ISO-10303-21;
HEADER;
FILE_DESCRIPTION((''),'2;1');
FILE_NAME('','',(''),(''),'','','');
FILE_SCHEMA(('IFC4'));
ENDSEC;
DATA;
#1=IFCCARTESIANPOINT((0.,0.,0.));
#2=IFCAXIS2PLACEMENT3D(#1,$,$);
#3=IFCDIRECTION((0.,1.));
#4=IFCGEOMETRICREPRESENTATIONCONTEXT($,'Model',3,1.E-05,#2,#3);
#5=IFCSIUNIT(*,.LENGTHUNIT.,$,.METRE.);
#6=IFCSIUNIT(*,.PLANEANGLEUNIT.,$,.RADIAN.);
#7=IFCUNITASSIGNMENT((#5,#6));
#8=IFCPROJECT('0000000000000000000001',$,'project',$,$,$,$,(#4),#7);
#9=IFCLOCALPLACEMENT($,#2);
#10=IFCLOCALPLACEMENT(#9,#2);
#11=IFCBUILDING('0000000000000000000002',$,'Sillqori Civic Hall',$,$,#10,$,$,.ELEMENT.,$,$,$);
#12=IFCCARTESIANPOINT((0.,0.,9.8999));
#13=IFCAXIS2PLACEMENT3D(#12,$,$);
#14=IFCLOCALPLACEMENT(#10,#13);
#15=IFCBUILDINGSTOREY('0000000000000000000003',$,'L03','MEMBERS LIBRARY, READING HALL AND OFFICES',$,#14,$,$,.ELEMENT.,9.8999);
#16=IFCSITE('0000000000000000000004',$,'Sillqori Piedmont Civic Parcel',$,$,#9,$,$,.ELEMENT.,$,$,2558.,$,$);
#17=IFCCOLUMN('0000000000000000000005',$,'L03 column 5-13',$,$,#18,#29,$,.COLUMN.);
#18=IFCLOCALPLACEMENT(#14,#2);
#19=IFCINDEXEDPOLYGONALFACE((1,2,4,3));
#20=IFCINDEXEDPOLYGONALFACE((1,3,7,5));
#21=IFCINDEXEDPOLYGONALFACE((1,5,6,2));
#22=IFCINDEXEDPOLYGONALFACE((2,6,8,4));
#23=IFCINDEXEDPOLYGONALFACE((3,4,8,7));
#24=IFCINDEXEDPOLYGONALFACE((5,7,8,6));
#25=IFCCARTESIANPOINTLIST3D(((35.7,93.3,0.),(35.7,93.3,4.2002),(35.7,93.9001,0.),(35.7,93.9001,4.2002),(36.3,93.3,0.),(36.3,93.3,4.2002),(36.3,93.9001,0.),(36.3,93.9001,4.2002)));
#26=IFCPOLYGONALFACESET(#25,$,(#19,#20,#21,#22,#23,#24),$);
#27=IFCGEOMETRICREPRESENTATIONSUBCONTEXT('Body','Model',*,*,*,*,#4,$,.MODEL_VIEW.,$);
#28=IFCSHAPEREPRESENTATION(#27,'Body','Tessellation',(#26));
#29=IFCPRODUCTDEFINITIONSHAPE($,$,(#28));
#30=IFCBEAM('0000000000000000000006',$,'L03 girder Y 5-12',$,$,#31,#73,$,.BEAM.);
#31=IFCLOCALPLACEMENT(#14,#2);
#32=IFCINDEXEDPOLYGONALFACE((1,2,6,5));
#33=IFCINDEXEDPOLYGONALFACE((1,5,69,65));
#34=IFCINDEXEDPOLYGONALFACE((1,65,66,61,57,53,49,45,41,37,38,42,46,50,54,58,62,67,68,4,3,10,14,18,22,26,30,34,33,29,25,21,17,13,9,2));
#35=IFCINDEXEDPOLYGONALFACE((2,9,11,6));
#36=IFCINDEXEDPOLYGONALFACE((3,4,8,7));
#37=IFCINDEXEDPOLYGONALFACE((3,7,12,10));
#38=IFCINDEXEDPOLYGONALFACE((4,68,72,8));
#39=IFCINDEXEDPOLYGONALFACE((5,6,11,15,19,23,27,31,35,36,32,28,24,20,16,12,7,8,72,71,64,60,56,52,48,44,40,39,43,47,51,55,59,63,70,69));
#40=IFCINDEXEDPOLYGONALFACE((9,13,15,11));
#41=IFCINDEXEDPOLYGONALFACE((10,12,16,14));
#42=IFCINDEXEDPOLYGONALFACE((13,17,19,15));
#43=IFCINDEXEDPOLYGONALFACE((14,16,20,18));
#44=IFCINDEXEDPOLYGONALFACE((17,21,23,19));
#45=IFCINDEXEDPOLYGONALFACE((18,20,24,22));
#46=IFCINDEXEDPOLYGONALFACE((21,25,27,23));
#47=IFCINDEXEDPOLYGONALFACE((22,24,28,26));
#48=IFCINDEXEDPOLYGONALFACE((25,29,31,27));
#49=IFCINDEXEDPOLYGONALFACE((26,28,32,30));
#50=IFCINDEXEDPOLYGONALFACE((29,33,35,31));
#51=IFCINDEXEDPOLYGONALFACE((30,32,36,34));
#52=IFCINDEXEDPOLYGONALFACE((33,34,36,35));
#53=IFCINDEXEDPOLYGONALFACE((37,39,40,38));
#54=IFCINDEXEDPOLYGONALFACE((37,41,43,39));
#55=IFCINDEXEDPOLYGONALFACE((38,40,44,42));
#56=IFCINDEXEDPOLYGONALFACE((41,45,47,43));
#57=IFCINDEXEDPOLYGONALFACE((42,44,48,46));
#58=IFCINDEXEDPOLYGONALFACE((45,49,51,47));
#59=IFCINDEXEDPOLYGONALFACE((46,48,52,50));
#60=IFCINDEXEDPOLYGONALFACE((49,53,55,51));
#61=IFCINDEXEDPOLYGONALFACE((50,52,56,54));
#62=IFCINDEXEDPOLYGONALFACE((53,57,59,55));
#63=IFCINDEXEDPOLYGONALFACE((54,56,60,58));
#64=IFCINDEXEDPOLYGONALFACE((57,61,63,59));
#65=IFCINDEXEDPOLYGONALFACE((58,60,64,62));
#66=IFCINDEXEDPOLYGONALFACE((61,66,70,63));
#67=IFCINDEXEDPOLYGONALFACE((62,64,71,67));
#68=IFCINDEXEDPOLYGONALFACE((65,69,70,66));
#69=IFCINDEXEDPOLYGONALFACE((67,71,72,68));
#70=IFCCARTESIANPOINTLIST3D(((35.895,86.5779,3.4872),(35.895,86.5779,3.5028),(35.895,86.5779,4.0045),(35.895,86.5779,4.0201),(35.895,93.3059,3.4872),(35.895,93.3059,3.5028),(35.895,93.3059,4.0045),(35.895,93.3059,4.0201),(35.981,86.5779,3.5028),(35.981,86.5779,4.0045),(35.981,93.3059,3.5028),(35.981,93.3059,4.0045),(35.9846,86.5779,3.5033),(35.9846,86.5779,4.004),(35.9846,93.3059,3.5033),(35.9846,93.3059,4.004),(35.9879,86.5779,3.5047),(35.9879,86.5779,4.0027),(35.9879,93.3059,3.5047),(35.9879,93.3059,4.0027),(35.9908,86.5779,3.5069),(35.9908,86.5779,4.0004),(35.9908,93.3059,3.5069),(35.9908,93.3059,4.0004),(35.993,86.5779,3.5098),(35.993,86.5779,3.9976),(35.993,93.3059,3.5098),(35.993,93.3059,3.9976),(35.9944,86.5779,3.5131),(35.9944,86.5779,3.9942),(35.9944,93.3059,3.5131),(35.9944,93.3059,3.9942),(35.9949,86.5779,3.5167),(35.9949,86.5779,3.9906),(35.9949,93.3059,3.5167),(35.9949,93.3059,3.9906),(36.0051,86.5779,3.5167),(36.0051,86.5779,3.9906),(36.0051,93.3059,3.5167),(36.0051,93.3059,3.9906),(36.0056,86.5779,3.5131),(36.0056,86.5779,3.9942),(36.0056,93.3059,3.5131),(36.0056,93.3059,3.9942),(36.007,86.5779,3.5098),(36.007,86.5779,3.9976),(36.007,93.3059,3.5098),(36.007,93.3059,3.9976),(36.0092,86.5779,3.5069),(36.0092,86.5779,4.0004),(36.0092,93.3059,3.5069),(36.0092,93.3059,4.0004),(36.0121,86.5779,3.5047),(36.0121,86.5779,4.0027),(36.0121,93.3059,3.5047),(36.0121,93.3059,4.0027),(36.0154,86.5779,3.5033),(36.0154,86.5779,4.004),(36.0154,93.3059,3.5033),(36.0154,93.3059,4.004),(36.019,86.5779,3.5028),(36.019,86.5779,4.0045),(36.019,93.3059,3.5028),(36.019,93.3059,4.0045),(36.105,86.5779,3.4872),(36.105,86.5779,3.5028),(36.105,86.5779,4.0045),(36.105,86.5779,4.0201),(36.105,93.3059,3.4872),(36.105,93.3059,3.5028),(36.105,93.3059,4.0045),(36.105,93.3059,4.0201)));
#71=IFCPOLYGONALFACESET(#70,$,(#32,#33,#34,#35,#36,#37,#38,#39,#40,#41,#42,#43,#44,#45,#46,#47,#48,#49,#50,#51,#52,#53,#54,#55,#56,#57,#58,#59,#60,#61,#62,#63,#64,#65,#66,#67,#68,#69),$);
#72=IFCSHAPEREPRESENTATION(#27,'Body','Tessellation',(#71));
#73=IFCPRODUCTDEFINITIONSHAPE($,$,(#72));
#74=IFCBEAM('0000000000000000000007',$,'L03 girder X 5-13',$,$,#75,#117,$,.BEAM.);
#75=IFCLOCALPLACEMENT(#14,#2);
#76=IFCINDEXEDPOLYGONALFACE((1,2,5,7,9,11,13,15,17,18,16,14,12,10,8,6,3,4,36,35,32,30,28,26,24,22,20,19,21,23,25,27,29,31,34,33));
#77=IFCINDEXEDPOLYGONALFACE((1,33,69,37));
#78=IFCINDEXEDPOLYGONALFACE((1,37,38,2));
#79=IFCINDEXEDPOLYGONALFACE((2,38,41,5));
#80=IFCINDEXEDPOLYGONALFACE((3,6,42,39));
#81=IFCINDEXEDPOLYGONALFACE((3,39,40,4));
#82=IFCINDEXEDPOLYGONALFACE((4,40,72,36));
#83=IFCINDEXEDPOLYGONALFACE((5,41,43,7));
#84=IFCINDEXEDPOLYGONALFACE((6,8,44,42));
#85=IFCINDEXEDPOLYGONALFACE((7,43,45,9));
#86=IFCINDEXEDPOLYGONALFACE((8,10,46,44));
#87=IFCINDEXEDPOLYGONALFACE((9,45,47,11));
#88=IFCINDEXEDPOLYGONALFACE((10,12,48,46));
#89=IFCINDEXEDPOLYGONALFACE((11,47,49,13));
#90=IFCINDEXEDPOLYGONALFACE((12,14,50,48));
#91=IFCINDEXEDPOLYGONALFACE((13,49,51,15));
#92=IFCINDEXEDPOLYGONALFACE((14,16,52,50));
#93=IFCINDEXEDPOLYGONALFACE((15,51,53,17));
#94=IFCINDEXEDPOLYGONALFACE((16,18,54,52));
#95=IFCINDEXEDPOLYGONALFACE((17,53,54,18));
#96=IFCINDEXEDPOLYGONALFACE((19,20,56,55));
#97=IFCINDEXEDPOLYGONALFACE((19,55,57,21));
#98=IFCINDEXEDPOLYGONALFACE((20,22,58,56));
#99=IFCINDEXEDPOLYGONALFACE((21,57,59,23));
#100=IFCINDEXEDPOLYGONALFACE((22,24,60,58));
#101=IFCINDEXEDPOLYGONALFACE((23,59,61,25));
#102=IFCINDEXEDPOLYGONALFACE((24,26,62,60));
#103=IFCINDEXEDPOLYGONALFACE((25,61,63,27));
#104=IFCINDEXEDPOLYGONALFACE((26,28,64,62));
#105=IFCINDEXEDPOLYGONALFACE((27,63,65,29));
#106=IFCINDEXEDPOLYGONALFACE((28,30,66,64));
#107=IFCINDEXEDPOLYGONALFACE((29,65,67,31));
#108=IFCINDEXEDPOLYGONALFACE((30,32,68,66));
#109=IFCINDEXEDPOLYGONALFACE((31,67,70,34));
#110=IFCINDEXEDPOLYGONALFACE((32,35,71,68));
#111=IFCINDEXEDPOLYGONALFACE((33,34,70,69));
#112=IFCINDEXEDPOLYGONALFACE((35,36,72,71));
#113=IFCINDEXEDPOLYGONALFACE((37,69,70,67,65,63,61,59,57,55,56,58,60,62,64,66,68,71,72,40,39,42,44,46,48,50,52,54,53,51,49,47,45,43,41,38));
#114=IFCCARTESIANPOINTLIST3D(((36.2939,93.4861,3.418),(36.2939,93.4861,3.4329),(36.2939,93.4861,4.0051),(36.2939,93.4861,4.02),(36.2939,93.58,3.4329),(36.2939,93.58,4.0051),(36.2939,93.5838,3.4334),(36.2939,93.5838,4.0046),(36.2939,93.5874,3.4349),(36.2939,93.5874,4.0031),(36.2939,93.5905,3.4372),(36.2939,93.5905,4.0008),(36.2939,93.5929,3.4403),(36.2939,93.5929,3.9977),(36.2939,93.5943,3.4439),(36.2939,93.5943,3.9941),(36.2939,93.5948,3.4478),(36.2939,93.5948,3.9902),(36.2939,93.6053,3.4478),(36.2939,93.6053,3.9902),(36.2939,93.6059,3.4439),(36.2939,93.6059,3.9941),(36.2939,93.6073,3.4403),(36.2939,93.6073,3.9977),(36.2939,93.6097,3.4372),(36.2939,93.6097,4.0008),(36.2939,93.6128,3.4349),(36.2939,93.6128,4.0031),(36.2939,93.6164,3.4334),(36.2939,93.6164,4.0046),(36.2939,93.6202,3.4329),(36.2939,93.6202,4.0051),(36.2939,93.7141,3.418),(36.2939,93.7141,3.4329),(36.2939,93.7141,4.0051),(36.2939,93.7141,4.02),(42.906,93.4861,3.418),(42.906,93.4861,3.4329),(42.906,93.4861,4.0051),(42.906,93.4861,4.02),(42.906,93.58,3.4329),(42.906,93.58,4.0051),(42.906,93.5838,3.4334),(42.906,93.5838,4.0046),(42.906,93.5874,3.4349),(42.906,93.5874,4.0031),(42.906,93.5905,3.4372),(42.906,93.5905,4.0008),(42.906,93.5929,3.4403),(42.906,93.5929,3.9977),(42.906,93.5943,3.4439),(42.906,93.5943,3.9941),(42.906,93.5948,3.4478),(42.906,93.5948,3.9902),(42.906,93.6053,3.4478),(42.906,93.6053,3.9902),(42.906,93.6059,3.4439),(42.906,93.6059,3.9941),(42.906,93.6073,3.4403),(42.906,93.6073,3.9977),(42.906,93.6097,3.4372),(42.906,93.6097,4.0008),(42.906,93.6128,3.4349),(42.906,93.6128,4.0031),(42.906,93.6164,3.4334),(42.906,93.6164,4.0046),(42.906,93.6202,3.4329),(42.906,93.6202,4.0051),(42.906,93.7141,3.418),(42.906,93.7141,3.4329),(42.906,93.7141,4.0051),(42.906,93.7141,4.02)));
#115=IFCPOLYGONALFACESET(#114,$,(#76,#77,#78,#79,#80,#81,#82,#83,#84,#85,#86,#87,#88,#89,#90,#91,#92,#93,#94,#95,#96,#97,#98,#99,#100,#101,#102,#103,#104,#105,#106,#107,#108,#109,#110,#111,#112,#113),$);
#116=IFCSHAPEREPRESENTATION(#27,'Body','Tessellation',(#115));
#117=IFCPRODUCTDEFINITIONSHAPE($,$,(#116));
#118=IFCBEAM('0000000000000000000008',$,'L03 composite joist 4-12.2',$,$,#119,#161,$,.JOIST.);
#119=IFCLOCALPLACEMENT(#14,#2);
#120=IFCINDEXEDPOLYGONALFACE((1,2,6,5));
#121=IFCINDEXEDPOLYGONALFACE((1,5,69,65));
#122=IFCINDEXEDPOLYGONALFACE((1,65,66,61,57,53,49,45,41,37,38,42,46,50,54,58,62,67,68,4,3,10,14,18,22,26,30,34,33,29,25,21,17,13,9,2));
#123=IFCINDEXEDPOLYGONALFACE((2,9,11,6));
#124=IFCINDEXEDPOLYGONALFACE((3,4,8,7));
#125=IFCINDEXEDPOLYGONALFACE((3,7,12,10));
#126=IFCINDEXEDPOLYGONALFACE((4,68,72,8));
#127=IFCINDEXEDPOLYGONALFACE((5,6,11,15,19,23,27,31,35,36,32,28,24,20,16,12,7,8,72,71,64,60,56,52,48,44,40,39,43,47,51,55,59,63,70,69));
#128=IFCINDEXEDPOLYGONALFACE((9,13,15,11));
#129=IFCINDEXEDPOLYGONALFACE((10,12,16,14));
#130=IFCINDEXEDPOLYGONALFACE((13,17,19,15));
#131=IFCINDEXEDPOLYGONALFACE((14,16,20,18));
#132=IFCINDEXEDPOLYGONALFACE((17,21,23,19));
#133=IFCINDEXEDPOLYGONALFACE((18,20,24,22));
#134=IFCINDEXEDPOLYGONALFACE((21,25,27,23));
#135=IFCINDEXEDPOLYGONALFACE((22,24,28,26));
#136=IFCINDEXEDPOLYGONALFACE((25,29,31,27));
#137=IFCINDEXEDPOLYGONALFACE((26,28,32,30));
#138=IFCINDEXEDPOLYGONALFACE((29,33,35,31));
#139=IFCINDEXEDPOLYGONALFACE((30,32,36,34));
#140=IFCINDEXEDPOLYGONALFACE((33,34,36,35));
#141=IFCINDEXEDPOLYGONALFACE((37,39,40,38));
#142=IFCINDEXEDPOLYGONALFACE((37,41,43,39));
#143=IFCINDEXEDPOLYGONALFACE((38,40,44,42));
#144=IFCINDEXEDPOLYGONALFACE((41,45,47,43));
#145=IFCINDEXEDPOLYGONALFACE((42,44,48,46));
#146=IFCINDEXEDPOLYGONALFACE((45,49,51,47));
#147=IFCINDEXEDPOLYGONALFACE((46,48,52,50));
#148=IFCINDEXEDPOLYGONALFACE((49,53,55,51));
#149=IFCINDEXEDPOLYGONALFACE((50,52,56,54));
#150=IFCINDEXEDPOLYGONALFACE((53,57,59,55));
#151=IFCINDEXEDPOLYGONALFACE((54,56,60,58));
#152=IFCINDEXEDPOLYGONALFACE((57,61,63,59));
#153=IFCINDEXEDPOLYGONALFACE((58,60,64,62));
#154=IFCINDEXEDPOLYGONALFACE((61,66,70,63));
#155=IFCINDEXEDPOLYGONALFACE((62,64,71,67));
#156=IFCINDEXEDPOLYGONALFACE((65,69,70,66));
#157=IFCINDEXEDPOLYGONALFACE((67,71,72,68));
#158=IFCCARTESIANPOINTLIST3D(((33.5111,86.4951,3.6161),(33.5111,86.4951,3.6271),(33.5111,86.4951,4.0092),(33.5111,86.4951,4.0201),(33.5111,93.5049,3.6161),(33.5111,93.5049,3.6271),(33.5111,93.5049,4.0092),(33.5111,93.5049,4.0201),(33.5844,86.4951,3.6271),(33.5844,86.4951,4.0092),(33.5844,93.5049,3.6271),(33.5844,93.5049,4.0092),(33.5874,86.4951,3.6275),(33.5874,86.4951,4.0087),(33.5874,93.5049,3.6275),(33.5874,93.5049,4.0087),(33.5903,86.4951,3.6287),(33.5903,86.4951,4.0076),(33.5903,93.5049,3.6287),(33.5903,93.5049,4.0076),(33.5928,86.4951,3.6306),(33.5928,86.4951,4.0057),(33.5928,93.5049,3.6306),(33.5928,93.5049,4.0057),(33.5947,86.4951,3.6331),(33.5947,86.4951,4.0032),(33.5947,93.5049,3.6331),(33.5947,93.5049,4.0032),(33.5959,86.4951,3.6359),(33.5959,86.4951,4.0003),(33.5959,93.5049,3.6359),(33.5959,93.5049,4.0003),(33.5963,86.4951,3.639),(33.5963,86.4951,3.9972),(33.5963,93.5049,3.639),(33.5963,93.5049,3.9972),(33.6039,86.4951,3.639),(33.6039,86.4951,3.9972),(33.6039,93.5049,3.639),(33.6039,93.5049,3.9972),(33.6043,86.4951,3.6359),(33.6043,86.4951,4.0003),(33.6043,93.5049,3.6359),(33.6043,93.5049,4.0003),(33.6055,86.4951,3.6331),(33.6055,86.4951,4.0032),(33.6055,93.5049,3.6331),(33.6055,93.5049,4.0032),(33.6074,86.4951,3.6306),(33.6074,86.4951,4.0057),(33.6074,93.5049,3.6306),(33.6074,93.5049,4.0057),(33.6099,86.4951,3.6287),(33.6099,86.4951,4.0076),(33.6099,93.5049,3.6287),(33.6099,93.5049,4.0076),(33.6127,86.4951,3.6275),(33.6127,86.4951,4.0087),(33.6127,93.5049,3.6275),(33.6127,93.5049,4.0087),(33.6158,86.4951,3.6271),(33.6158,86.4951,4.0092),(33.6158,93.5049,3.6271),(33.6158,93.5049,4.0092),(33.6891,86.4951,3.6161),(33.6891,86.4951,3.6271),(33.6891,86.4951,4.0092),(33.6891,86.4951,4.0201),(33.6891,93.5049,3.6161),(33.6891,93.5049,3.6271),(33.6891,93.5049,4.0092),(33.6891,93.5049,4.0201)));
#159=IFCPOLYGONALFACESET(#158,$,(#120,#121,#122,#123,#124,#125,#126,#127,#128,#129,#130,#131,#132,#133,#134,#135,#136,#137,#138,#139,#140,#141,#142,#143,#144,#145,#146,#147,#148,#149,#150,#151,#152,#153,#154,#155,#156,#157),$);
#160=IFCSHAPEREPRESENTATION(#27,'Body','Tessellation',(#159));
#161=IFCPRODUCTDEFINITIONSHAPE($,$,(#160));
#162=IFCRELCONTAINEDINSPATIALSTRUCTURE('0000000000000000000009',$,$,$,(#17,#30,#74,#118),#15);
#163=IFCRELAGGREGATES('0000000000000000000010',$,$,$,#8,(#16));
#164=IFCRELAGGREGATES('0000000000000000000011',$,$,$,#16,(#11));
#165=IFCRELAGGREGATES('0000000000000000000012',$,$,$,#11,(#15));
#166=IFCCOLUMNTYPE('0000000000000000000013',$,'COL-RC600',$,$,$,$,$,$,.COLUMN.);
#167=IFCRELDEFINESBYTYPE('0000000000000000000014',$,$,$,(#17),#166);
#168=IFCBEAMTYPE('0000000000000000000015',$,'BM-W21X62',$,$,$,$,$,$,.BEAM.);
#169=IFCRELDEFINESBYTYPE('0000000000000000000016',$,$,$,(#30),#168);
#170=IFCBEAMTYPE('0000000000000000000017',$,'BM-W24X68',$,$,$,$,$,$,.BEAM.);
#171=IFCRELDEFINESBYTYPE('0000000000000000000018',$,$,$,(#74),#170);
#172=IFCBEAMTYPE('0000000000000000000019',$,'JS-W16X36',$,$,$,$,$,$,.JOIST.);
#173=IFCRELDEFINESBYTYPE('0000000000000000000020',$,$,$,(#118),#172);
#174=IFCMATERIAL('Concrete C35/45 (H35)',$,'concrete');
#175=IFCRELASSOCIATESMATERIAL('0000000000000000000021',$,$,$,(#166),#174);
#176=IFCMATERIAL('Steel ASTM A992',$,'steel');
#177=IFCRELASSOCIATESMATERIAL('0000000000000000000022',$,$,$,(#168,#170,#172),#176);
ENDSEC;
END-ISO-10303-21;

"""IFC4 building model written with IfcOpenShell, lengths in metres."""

from ifc_helpers import new_model, si_unit, direction, frame, origin, origin_2d, place, context, subcontext, project, spatial, rectangle, i_section, extrude, material, material_profile, profile_set, type_object, element, save


model = new_model("IFC4")

# Units and contexts
model_context = context("Model", 3, precision=1e-05, world=origin(), true_north=direction((0.0, 1.0)))
body_context = subcontext(model_context, "Body", "Model", "MODEL_VIEW")
ifc_project = project(units=[si_unit("LENGTHUNIT", "METRE"), si_unit("PLANEANGLEUNIT", "RADIAN")], contexts=[model_context])

# Site, building, storey
site_placement = place(None, origin())
site = spatial("IfcSite", under=ifc_project, at=site_placement, Name="Sillqori Piedmont Civic Parcel", CompositionType="ELEMENT", RefElevation=2558.0)
building_placement = place(site_placement, origin())
building = spatial("IfcBuilding", under=site, at=building_placement, Name="Sillqori Civic Hall", CompositionType="ELEMENT")
storey_placement = place(building_placement, frame((0.0, 0.0, 9.8999)))
storey = spatial("IfcBuildingStorey", under=building, at=storey_placement, Name="L03", Description="MEMBERS LIBRARY, READING HALL AND OFFICES", CompositionType="ELEMENT", Elevation=9.8999)

# Column
ifc_material_1 = material(Name="Concrete C35/45 (H35)", Category="concrete")
ifc_material_profile_1 = material_profile(ifc_material_1, rectangle(XDim=0.6001, YDim=0.6001, at=origin_2d()), Name="RC 600x600")
ifc_profile_set_1 = profile_set([ifc_material_profile_1], Name="Concrete C35/45 (H35)")
column_type = type_object("IfcColumnType", Name="COL-RC600", PredefinedType="COLUMN", material=ifc_profile_set_1)
column_placement = place(storey_placement, frame((36.0, 93.6001, 0.0), z_axis=(0.0, 0.0, 1.0), x_axis=(1.0, 0.0, 0.0)))
element("IfcColumn", 1, at=column_placement, inside=storey, type_object=column_type, Name="L03 column 5-13", PredefinedType="COLUMN", context=body_context, shape_type="SweptSolid", body=[
    extrude(rectangle(XDim=0.6001, YDim=0.6001, at=origin_2d()), origin(), (0.0, 0.0, 1.0), 4.2002),
])

# Beams
ifc_material_2 = material(Name="Steel ASTM A992", Category="steel")
ifc_material_profile_2 = material_profile(ifc_material_2, i_section(OverallWidth=0.21, OverallDepth=0.533, WebThickness=0.0103, FlangeThickness=0.0156, FilletRadius=0.0139, at=origin_2d()), Name="W21X62")
ifc_profile_set_2 = profile_set([ifc_material_profile_2], Name="Steel ASTM A992")
beam_type_1 = type_object("IfcBeamType", Name="BM-W21X62", PredefinedType="BEAM", material=ifc_profile_set_2)
beam_1_placement = place(storey_placement, frame((36.0, 86.5779, 3.7537), z_axis=(0.0, 1.0, 0.0), x_axis=(-1.0, 0.0, 0.0)))
element("IfcBeam", 2, at=beam_1_placement, inside=storey, type_object=beam_type_1, Name="L03 girder Y 5-12", PredefinedType="BEAM", context=body_context, shape_type="SweptSolid", body=[
    extrude(i_section(OverallWidth=0.21, OverallDepth=0.533, WebThickness=0.0103, FlangeThickness=0.0156, FilletRadius=0.0139, at=origin_2d()), origin(), (0.0, 0.0, 1.0), 6.728),
])
ifc_material_profile_3 = material_profile(ifc_material_2, i_section(OverallWidth=0.228, OverallDepth=0.6021, WebThickness=0.0105, FlangeThickness=0.0149, FilletRadius=0.0149, at=origin_2d()), Name="W24X68")
ifc_profile_set_3 = profile_set([ifc_material_profile_3], Name="Steel ASTM A992")
beam_type_2 = type_object("IfcBeamType", Name="BM-W24X68", PredefinedType="BEAM", material=ifc_profile_set_3)
beam_2_placement = place(storey_placement, frame((36.2939, 93.6001, 3.719), z_axis=(1.0, 0.0, 0.0), x_axis=(0.0, 1.0, 0.0)))
element("IfcBeam", 3, at=beam_2_placement, inside=storey, type_object=beam_type_2, Name="L03 girder X 5-13", PredefinedType="BEAM", context=body_context, shape_type="SweptSolid", body=[
    extrude(i_section(OverallWidth=0.228, OverallDepth=0.6021, WebThickness=0.0105, FlangeThickness=0.0149, FilletRadius=0.0149, at=origin_2d()), origin(), (0.0, 0.0, 1.0), 6.6121),
])

# Beam
ifc_material_profile_4 = material_profile(ifc_material_2, i_section(OverallWidth=0.178, OverallDepth=0.4041, WebThickness=0.0076, FlangeThickness=0.011, FilletRadius=0.012, at=origin_2d()), Name="W16X36")
ifc_profile_set_4 = profile_set([ifc_material_profile_4], Name="Steel ASTM A992")
beam_type_3 = type_object("IfcBeamType", Name="JS-W16X36", PredefinedType="JOIST", material=ifc_profile_set_4)
beam_3_placement = place(storey_placement, frame((33.6001, 86.4951, 3.8181), z_axis=(0.0, 1.0, 0.0), x_axis=(-1.0, 0.0, 0.0)))
element("IfcBeam", 4, at=beam_3_placement, inside=storey, type_object=beam_type_3, Name="L03 composite joist 4-12.2", PredefinedType="JOIST", context=body_context, shape_type="SweptSolid", body=[
    extrude(i_section(OverallWidth=0.178, OverallDepth=0.4041, WebThickness=0.0076, FlangeThickness=0.011, FilletRadius=0.012, at=origin_2d()), origin(), (0.0, 0.0, 1.0), 7.0098),
])

save(model, "model.ifc")
